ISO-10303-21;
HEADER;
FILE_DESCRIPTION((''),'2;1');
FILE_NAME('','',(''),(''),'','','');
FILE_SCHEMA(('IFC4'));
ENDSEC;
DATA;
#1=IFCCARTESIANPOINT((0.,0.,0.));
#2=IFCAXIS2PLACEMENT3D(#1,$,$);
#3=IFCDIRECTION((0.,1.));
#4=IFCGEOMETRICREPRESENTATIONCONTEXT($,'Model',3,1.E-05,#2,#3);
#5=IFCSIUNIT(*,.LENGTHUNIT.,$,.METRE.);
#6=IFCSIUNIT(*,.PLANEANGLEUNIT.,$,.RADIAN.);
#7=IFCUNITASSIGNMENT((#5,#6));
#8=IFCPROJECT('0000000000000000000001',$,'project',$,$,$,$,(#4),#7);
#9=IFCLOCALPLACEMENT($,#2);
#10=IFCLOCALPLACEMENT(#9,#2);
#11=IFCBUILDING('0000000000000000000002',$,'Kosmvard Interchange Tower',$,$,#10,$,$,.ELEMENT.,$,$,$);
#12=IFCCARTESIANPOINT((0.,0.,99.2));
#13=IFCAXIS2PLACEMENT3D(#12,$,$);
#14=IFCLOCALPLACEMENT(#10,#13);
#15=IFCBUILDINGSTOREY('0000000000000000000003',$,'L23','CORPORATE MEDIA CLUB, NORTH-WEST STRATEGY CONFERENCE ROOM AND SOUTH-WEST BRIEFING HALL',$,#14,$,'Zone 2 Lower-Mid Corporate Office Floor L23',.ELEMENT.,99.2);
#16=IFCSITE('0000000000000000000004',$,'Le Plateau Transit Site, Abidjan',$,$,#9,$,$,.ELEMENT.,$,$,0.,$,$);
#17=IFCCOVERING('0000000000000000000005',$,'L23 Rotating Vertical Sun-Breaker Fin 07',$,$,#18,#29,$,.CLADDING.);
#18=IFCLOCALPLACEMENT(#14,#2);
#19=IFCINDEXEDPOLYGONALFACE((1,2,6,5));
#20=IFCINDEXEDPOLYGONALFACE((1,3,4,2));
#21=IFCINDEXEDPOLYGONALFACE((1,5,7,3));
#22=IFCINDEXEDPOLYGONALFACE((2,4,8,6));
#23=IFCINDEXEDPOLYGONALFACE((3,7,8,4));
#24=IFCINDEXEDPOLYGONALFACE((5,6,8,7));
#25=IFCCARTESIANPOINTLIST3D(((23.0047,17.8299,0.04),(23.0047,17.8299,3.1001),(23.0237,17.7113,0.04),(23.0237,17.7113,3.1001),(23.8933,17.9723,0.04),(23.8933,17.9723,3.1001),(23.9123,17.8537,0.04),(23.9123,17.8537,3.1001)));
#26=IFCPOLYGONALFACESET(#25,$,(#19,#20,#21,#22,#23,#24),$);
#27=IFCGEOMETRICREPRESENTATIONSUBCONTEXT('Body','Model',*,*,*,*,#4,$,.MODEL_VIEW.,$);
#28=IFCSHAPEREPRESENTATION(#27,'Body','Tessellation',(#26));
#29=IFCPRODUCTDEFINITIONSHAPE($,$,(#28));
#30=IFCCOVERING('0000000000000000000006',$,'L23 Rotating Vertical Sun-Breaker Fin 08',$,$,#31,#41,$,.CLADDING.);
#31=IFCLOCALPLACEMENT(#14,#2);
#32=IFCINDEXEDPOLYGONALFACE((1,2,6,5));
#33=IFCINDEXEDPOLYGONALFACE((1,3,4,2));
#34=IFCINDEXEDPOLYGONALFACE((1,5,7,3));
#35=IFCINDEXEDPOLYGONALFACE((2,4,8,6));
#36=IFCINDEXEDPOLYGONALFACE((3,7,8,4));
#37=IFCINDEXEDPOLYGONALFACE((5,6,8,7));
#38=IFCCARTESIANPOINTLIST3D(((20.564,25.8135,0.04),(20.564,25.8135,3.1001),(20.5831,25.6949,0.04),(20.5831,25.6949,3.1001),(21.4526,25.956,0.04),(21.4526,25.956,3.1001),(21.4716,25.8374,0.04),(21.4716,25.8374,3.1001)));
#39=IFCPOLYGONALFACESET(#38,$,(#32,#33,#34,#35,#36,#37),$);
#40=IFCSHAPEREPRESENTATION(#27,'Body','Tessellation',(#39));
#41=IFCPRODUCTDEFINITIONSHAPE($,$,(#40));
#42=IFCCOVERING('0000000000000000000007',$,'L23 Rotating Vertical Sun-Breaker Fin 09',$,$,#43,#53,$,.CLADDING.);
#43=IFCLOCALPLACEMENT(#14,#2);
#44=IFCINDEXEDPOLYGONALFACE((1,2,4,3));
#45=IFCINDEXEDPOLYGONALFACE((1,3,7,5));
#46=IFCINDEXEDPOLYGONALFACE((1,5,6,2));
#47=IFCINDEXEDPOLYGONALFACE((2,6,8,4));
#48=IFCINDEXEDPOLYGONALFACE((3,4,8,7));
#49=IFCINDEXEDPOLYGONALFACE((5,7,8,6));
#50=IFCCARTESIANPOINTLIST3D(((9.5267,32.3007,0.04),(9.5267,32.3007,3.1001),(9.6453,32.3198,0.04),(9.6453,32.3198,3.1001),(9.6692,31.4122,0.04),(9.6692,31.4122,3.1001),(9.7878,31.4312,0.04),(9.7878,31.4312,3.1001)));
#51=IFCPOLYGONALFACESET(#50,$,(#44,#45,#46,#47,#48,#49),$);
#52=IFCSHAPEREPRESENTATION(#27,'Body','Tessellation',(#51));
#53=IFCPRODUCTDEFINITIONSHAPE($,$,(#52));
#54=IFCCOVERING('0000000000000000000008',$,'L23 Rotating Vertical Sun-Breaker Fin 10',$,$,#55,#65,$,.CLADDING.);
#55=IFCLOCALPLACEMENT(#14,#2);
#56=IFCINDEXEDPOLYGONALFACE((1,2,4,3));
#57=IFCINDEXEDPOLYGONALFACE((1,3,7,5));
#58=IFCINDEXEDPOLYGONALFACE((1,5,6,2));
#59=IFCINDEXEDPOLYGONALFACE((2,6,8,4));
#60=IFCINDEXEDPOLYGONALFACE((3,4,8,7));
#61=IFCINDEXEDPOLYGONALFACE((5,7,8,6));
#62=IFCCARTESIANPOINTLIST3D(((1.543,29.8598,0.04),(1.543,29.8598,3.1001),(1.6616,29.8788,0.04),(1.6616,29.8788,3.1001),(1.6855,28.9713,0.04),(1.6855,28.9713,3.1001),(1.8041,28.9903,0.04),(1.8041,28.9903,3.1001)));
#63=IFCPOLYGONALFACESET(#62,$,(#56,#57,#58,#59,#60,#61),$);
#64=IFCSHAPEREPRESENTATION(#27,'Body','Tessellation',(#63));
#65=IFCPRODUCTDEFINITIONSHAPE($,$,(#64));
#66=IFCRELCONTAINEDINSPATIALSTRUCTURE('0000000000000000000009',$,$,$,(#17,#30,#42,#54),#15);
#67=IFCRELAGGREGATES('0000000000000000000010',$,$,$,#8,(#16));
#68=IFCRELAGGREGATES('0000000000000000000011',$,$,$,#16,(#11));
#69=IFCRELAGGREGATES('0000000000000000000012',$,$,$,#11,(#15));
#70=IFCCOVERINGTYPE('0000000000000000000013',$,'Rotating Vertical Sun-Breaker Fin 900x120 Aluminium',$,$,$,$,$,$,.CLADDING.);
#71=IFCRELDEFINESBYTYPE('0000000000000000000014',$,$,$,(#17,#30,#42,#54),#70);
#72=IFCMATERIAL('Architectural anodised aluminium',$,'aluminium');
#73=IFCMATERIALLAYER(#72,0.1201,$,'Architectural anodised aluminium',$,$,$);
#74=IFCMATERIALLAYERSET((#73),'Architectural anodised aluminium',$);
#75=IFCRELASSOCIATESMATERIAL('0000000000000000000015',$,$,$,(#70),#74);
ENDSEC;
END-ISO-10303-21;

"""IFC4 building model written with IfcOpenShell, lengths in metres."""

from ifc_helpers import new_model, si_unit, direction, frame, origin, origin_2d, place, context, subcontext, project, spatial, rectangle, extrude, source, transform, mapped, material, layer, layer_set, type_object, element, save


model = new_model("IFC4")

# Units and contexts
model_context = context("Model", 3, precision=1e-05, world=origin(), true_north=direction((0.0, 1.0)))
body_context = subcontext(model_context, "Body", "Model", "MODEL_VIEW")
ifc_project = project(units=[si_unit("LENGTHUNIT", "METRE"), si_unit("PLANEANGLEUNIT", "RADIAN")], contexts=[model_context])

# Site, building, storey
site_placement = place(None, origin())
site = spatial("IfcSite", under=ifc_project, at=site_placement, Name="Le Plateau Transit Site, Abidjan", CompositionType="ELEMENT", RefElevation=0.0)
building_placement = place(site_placement, origin())
building = spatial("IfcBuilding", under=site, at=building_placement, Name="Kosmvard Interchange Tower", CompositionType="ELEMENT")
storey_placement = place(building_placement, frame((0.0, 0.0, 99.2)))
storey = spatial("IfcBuildingStorey", under=building, at=storey_placement, Name="L23", Description="CORPORATE MEDIA CLUB, NORTH-WEST STRATEGY CONFERENCE ROOM AND SOUTH-WEST BRIEFING HALL", LongName="Zone 2 Lower-Mid Corporate Office Floor L23", CompositionType="ELEMENT", Elevation=99.2)

# Coverings
ifc_material_1 = material(Name="Architectural anodised aluminium", Category="aluminium")
ifc_layer_1 = layer(ifc_material_1, 0.1201, Name="Architectural anodised aluminium")
ifc_layer_set_1 = layer_set([ifc_layer_1], Name="Architectural anodised aluminium")
covering_type = type_object("IfcCoveringType", Name="Rotating Vertical Sun-Breaker Fin 900x120 Aluminium", PredefinedType="CLADDING", material=ifc_layer_set_1)
shared_shape_1 = source(origin(), body_context, "Body", "SweptSolid", [
    extrude(rectangle(XDim=0.8999, YDim=0.1201, at=origin_2d()), origin(), (0.0, 0.0, 1.0), 3.0601),
])
for number, where, z_axis, x_axis, name in (
    (1, (23.4585, 17.8418, 0.04), (0.0, 0.0, 1.0), (0.987386, 0.15833, 0.0), "L23 Rotating Vertical Sun-Breaker Fin 07"),
    (2, (21.0178, 25.8254, 0.04), (0.0, 0.0, 1.0), (0.987386, 0.15833, 0.0), "L23 Rotating Vertical Sun-Breaker Fin 08"),
    (3, (9.6572, 31.866, 0.04), (0.0, 0.0, 1.0), (-0.15833, 0.987386, 0.0), "L23 Rotating Vertical Sun-Breaker Fin 09"),
    (4, (1.6736, 29.425, 0.04), (0.0, 0.0, 1.0), (-0.15833, 0.987386, 0.0), "L23 Rotating Vertical Sun-Breaker Fin 10"),
):
    element("IfcCovering", number, at=place(storey_placement, frame(where, z_axis=z_axis, x_axis=x_axis)), inside=storey, type_object=covering_type, Name=name, PredefinedType="CLADDING", context=body_context, shape_type="MappedRepresentation", body=[
        mapped(shared_shape_1, transform((0.0, 0.0, 0.0), scale=1.0)),
    ])

save(model, "model.ifc")
